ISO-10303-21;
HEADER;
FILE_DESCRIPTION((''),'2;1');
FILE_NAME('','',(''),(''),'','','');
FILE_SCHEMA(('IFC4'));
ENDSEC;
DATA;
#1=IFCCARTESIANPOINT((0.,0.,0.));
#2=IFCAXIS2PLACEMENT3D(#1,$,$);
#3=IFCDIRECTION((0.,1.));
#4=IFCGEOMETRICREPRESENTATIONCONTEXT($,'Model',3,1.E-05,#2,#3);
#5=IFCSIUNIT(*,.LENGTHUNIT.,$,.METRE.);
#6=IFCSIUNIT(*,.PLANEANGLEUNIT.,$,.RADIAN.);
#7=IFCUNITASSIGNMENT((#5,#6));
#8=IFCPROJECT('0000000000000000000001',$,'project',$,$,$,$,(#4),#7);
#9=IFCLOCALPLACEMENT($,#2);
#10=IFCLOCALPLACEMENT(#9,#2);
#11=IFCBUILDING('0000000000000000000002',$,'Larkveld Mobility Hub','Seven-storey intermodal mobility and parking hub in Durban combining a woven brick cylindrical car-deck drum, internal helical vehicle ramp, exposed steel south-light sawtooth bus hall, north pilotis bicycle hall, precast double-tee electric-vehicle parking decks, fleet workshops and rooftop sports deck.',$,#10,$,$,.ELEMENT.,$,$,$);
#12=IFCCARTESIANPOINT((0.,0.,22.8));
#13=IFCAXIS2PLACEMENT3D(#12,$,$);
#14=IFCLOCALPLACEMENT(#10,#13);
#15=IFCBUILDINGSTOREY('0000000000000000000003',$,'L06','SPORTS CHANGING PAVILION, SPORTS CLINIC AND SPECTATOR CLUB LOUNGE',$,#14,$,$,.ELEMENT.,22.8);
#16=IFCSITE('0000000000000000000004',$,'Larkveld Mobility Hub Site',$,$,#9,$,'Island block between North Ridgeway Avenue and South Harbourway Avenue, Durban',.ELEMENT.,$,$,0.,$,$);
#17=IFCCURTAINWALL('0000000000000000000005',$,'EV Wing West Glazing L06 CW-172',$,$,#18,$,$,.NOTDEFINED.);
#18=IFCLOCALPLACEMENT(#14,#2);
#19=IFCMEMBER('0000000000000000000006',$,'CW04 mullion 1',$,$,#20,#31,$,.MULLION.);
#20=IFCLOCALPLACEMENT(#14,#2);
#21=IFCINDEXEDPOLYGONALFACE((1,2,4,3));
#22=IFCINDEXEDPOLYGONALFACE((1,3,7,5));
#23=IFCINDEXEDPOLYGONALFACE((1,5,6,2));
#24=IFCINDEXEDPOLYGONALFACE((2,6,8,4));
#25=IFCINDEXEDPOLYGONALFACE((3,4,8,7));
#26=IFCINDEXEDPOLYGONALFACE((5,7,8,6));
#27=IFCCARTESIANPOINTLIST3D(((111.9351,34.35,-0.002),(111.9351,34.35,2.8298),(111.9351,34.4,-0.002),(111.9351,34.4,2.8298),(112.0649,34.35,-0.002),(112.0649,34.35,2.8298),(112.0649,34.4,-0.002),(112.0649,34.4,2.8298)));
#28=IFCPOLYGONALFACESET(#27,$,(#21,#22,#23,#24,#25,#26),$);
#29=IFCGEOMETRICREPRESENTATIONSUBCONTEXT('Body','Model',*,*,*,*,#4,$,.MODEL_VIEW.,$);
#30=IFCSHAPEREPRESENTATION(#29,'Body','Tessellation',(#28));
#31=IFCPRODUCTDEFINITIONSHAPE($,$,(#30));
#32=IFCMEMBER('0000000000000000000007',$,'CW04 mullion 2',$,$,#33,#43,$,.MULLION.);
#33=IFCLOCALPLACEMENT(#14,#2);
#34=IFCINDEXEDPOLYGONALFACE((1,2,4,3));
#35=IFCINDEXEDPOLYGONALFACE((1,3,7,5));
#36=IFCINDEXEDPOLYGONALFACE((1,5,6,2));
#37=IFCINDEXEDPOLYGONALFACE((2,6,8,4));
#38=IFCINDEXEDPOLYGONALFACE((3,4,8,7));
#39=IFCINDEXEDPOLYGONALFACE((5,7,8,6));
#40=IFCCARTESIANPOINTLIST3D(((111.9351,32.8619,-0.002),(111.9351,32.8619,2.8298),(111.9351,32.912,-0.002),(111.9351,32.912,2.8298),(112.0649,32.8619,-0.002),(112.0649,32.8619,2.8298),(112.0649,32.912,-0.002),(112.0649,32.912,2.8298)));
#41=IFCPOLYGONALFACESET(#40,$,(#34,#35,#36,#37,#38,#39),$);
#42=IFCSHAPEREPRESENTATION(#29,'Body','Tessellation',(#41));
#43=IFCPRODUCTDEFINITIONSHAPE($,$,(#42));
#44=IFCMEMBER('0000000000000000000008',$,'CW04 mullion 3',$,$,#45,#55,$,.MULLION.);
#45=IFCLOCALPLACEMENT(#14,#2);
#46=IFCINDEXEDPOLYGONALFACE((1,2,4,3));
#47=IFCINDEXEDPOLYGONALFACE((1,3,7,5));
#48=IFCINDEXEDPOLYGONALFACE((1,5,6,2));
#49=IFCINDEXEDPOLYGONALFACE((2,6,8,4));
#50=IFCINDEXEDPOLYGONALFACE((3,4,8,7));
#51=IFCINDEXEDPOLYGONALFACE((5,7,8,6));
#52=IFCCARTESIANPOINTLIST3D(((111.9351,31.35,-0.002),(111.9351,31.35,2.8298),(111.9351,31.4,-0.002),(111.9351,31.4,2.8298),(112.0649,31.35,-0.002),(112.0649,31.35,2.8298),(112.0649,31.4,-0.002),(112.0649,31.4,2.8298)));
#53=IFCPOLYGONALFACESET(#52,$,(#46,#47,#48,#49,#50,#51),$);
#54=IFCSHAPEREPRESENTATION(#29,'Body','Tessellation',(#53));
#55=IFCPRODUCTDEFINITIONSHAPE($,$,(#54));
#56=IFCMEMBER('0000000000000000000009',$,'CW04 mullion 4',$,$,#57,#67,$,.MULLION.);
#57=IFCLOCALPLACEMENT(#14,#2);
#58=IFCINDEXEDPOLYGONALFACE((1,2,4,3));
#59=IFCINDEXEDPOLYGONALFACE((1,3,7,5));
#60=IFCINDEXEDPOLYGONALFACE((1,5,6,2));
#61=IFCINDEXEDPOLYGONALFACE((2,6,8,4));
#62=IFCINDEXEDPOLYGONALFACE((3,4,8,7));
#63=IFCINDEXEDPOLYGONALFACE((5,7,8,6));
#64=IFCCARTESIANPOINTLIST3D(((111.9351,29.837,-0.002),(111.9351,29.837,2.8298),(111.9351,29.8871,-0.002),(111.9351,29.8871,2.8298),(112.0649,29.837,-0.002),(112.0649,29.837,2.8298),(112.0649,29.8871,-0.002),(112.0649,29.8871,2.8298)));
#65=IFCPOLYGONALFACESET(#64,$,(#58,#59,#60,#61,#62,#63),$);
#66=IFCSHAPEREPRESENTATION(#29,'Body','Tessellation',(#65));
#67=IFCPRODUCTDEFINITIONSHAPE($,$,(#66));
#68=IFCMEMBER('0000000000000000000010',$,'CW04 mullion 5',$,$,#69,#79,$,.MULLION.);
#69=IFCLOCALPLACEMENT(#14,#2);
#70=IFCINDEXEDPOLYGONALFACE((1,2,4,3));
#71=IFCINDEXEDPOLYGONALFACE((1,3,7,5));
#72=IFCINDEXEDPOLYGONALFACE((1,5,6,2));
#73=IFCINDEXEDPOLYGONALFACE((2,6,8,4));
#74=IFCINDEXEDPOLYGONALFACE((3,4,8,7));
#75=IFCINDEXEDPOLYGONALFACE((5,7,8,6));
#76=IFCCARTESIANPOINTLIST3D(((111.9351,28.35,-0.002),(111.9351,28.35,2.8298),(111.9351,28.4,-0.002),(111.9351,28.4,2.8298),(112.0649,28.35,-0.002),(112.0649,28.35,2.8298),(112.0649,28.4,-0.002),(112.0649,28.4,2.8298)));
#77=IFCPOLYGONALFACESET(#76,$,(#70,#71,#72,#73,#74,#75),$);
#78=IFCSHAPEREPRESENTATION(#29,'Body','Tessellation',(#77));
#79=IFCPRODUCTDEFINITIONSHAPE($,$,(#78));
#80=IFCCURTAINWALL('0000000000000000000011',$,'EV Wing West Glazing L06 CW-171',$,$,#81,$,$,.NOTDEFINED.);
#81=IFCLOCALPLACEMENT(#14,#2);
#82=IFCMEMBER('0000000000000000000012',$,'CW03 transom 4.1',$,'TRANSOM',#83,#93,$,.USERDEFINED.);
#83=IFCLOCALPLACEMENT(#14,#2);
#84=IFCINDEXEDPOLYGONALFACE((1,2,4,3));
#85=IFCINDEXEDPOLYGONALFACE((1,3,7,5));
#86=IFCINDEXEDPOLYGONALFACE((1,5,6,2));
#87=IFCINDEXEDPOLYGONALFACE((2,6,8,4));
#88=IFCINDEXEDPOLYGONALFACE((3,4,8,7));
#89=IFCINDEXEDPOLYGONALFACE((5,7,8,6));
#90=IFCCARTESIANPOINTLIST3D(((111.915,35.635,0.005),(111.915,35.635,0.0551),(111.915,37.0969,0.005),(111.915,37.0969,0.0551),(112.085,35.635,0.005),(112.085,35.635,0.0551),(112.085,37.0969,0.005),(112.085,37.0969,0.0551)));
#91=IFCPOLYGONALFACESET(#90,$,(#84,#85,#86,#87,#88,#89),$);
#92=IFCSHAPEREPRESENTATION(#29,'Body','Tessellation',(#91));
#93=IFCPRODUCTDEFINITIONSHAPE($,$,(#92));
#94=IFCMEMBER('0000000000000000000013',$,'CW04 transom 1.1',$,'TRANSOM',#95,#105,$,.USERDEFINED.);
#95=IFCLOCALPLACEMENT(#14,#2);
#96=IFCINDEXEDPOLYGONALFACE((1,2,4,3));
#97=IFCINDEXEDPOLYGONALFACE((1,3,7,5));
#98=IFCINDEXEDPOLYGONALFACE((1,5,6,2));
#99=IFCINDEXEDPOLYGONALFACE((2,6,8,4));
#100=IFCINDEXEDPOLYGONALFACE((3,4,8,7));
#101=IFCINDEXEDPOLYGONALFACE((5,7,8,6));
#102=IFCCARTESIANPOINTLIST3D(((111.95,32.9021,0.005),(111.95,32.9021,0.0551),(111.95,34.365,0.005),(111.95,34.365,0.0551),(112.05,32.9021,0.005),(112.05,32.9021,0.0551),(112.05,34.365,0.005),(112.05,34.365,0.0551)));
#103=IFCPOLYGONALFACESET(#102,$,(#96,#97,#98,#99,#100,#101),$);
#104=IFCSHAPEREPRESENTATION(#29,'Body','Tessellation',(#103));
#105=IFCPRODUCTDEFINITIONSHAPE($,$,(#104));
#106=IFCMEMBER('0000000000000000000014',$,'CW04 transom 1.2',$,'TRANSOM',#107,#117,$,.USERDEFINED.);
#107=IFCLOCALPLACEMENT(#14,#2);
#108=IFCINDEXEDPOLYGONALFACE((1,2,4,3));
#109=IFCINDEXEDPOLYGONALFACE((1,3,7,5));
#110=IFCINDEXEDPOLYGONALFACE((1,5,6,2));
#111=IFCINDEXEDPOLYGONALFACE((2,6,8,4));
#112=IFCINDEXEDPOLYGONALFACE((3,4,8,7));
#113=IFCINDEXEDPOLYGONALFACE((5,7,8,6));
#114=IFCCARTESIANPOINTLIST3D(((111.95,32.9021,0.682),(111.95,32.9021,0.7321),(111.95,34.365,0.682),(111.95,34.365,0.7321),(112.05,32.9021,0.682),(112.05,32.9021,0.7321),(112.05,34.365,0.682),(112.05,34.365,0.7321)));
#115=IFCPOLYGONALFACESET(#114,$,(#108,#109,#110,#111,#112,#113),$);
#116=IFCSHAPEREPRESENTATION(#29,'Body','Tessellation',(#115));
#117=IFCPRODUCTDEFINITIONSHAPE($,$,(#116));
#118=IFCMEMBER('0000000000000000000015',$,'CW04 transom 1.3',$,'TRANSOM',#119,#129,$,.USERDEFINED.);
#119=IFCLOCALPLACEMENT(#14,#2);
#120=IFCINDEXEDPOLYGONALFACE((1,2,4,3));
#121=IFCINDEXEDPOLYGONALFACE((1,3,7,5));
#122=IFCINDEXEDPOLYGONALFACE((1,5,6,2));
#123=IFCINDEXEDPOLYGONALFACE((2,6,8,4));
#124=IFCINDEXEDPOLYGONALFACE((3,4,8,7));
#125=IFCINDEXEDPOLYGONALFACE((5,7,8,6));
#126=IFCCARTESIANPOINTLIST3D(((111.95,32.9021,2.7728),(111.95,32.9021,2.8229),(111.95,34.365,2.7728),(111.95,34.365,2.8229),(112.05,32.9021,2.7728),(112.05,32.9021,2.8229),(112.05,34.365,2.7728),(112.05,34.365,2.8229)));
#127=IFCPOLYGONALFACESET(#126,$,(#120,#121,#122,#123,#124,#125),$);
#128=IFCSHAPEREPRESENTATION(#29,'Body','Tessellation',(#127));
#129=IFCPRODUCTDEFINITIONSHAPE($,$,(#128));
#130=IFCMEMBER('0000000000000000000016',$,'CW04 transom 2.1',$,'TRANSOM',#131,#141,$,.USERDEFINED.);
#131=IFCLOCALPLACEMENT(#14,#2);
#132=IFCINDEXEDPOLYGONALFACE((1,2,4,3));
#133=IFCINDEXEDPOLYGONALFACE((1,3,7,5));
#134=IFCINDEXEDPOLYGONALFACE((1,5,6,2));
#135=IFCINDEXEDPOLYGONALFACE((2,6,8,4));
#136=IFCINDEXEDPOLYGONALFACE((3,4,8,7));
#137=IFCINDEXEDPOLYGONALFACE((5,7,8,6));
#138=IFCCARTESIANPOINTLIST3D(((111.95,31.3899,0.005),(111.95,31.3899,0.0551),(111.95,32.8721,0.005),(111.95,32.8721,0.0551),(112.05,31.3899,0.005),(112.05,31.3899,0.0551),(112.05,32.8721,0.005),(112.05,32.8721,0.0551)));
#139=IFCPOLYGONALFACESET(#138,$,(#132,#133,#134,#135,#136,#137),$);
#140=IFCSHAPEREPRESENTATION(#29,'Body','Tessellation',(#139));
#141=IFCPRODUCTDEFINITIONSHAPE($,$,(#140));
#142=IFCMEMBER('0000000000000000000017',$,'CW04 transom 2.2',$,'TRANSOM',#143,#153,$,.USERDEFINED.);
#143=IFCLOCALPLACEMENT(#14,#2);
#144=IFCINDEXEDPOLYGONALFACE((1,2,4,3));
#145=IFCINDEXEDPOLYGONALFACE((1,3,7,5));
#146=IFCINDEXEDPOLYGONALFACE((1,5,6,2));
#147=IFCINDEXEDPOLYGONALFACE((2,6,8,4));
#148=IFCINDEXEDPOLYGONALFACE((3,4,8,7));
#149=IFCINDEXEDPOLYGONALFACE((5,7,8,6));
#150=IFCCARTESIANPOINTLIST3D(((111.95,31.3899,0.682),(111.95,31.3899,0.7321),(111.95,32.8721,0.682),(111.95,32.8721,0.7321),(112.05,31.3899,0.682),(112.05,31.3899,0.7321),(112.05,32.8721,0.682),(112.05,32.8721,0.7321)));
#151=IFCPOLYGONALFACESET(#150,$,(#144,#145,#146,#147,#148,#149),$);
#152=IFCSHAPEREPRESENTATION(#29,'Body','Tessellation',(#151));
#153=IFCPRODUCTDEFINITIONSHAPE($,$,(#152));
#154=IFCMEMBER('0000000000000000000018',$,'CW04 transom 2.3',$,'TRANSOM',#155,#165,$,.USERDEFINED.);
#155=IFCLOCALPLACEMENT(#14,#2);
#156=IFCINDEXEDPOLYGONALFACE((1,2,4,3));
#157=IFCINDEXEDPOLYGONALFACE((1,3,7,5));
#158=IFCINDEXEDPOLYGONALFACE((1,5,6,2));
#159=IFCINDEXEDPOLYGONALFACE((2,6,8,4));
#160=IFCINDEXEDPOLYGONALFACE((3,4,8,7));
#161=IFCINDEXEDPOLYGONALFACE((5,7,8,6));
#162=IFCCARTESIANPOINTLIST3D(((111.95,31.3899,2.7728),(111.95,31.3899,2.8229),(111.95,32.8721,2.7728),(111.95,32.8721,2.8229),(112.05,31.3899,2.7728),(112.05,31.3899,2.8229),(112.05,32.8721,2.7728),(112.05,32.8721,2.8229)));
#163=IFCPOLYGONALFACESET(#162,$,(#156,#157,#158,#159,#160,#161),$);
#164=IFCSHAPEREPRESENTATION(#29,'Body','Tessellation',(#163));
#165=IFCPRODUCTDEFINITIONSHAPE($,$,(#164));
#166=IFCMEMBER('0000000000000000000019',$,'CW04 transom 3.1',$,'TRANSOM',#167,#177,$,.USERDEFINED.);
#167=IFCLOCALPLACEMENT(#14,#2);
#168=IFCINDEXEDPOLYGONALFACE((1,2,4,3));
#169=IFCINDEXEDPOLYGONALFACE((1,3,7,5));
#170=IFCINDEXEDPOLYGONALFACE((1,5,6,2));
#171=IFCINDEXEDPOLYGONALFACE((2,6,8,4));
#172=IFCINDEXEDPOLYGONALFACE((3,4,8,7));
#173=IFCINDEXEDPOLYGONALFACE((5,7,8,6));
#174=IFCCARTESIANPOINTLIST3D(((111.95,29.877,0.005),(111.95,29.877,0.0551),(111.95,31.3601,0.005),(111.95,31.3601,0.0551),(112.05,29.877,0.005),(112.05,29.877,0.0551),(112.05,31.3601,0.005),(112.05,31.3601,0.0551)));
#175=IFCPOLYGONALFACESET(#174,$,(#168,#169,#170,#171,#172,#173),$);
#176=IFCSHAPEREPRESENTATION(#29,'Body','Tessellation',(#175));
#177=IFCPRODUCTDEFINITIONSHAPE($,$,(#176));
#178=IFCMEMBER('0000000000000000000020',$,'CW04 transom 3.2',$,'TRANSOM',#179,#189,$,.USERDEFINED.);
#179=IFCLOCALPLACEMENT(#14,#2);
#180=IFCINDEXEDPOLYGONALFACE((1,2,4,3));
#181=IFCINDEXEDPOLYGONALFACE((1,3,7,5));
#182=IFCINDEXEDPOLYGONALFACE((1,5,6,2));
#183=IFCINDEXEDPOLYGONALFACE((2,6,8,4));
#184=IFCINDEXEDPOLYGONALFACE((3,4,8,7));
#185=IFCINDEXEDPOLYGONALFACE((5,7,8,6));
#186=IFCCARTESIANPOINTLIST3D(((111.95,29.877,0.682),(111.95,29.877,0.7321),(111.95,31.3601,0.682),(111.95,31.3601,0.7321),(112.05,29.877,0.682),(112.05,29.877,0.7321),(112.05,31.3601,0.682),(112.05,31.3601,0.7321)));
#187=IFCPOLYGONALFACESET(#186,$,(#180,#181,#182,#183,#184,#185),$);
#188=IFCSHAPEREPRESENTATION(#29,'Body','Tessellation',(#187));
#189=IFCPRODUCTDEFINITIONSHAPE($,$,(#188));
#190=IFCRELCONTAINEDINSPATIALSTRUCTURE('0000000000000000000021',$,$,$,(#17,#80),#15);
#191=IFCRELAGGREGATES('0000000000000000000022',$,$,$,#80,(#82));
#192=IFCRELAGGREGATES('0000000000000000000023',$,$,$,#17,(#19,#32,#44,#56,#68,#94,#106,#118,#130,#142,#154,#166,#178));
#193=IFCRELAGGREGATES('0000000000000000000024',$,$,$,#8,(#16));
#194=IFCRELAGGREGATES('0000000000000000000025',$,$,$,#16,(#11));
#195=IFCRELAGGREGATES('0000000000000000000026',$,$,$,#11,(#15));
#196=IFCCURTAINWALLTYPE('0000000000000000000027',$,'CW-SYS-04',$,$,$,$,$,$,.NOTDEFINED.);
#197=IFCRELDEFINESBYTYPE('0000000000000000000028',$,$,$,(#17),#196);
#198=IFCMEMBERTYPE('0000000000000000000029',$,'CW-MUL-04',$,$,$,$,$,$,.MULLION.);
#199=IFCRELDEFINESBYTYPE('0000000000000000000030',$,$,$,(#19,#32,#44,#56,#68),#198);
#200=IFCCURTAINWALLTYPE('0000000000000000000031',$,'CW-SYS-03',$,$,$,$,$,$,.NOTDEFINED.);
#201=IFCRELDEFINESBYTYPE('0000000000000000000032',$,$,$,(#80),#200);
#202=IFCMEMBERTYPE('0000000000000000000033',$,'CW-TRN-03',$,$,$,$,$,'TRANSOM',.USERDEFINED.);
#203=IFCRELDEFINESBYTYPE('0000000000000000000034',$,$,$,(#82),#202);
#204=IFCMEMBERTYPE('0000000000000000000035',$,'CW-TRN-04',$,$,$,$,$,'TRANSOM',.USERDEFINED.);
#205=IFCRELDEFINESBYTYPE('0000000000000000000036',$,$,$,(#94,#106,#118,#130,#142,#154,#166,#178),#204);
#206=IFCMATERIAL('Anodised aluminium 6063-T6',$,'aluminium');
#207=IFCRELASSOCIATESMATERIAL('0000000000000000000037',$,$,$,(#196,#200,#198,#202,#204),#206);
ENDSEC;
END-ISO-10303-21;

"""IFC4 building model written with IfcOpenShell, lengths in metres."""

from ifc_helpers import new_model, si_unit, direction, frame, origin, origin_2d, place, context, subcontext, project, spatial, rectangle, extrude, material, material_profile, profile_set, type_object, element, aggregate, save


model = new_model("IFC4")

# Units and contexts
model_context = context("Model", 3, precision=1e-05, world=origin(), true_north=direction((0.0, 1.0)))
body_context = subcontext(model_context, "Body", "Model", "MODEL_VIEW")
ifc_project = project(units=[si_unit("LENGTHUNIT", "METRE"), si_unit("PLANEANGLEUNIT", "RADIAN")], contexts=[model_context])

# Site, building, storey
site_placement = place(None, origin())
site = spatial("IfcSite", under=ifc_project, at=site_placement, Name="Larkveld Mobility Hub Site", LongName="Island block between North Ridgeway Avenue and South Harbourway Avenue, Durban", CompositionType="ELEMENT", RefElevation=0.0)
building_placement = place(site_placement, origin())
building = spatial("IfcBuilding", under=site, at=building_placement, Name="Larkveld Mobility Hub", Description="Seven-storey intermodal mobility and parking hub in Durban combining a woven brick cylindrical car-deck drum, internal helical vehicle ramp, exposed steel south-light sawtooth bus hall, north pilotis bicycle hall, precast double-tee electric-vehicle parking decks, fleet workshops and rooftop sports deck.", CompositionType="ELEMENT")
storey_placement = place(building_placement, frame((0.0, 0.0, 22.8)))
storey = spatial("IfcBuildingStorey", under=building, at=storey_placement, Name="L06", Description="SPORTS CHANGING PAVILION, SPORTS CLINIC AND SPECTATOR CLUB LOUNGE", CompositionType="ELEMENT", Elevation=22.8)

# Curtain wall, members
ifc_material_1 = material(Name="Anodised aluminium 6063-T6", Category="aluminium")
curtain_wall_type_1 = type_object("IfcCurtainWallType", Name="CW-SYS-04", PredefinedType="NOTDEFINED", material=ifc_material_1)
curtain_wall_1_placement = place(storey_placement, origin())
curtain_wall_1 = element("IfcCurtainWall", 1, at=curtain_wall_1_placement, inside=storey, type_object=curtain_wall_type_1, Name="EV Wing West Glazing L06 CW-172", PredefinedType="NOTDEFINED")
ifc_material_profile_1 = material_profile(ifc_material_1, rectangle(XDim=0.05, YDim=0.1299, at=origin_2d()), Name="ALU MULL 50x130")
ifc_profile_set_1 = profile_set([ifc_material_profile_1], Name="Anodised aluminium 6063-T6")
member_type_1 = type_object("IfcMemberType", Name="CW-MUL-04", PredefinedType="MULLION", material=ifc_profile_set_1)
member_1_placement = place(storey_placement, frame((112.0, 34.375, -0.002), z_axis=(0.0, 0.0, 1.0), x_axis=(0.0, -1.0, 0.0)))
member_1 = element("IfcMember", 2, at=member_1_placement, type_object=member_type_1, Name="CW04 mullion 1", PredefinedType="MULLION", context=body_context, shape_type="SweptSolid", body=[
    extrude(rectangle(XDim=0.05, YDim=0.1299, at=origin_2d()), origin(), (0.0, 0.0, 1.0), 2.8318),
])
member_2_placement = place(storey_placement, frame((112.0, 32.887, -0.002), z_axis=(0.0, 0.0, 1.0), x_axis=(0.0, -1.0, 0.0)))
member_2 = element("IfcMember", 3, at=member_2_placement, type_object=member_type_1, Name="CW04 mullion 2", PredefinedType="MULLION", context=body_context, shape_type="SweptSolid", body=[
    extrude(rectangle(XDim=0.05, YDim=0.1299, at=origin_2d()), origin(), (0.0, 0.0, 1.0), 2.8318),
])
member_3_placement = place(storey_placement, frame((112.0, 31.375, -0.002), z_axis=(0.0, 0.0, 1.0), x_axis=(0.0, -1.0, 0.0)))
member_3 = element("IfcMember", 4, at=member_3_placement, type_object=member_type_1, Name="CW04 mullion 3", PredefinedType="MULLION", context=body_context, shape_type="SweptSolid", body=[
    extrude(rectangle(XDim=0.05, YDim=0.1299, at=origin_2d()), origin(), (0.0, 0.0, 1.0), 2.8318),
])
member_4_placement = place(storey_placement, frame((112.0, 29.8621, -0.002), z_axis=(0.0, 0.0, 1.0), x_axis=(0.0, -1.0, 0.0)))
member_4 = element("IfcMember", 5, at=member_4_placement, type_object=member_type_1, Name="CW04 mullion 4", PredefinedType="MULLION", context=body_context, shape_type="SweptSolid", body=[
    extrude(rectangle(XDim=0.05, YDim=0.1299, at=origin_2d()), origin(), (0.0, 0.0, 1.0), 2.8318),
])
member_5_placement = place(storey_placement, frame((112.0, 28.375, -0.002), z_axis=(0.0, 0.0, 1.0), x_axis=(0.0, -1.0, 0.0)))
member_5 = element("IfcMember", 6, at=member_5_placement, type_object=member_type_1, Name="CW04 mullion 5", PredefinedType="MULLION", context=body_context, shape_type="SweptSolid", body=[
    extrude(rectangle(XDim=0.05, YDim=0.1299, at=origin_2d()), origin(), (0.0, 0.0, 1.0), 2.8318),
])

# Curtain wall, member
curtain_wall_type_2 = type_object("IfcCurtainWallType", Name="CW-SYS-03", PredefinedType="NOTDEFINED", material=ifc_material_1)
curtain_wall_2_placement = place(storey_placement, origin())
curtain_wall_2 = element("IfcCurtainWall", 7, at=curtain_wall_2_placement, inside=storey, type_object=curtain_wall_type_2, Name="EV Wing West Glazing L06 CW-171", PredefinedType="NOTDEFINED")
ifc_material_profile_2 = material_profile(ifc_material_1, rectangle(XDim=0.1699, YDim=0.05, at=origin_2d()), Name="ALU TRAN 50x170")
ifc_profile_set_2 = profile_set([ifc_material_profile_2], Name="Anodised aluminium 6063-T6")
member_type_2 = type_object("IfcMemberType", Name="CW-TRN-03", ElementType="TRANSOM", PredefinedType="USERDEFINED", material=ifc_profile_set_2)
member_6_placement = place(storey_placement, frame((112.0, 37.0969, 0.03), z_axis=(0.0, -1.0, 0.0), x_axis=(1.0, 0.0, 0.0)))
member_6 = element("IfcMember", 8, at=member_6_placement, type_object=member_type_2, Name="CW03 transom 4.1", ObjectType="TRANSOM", PredefinedType="USERDEFINED", context=body_context, shape_type="SweptSolid", body=[
    extrude(rectangle(XDim=0.1699, YDim=0.05, at=origin_2d()), origin(), (0.0, 0.0, 1.0), 1.4619),
])

# Members
ifc_material_profile_3 = material_profile(ifc_material_1, rectangle(XDim=0.1001, YDim=0.05, at=origin_2d()), Name="ALU TRAN 50x100")
ifc_profile_set_3 = profile_set([ifc_material_profile_3], Name="Anodised aluminium 6063-T6")
member_type_3 = type_object("IfcMemberType", Name="CW-TRN-04", ElementType="TRANSOM", PredefinedType="USERDEFINED", material=ifc_profile_set_3)
member_7_placement = place(storey_placement, frame((112.0, 34.365, 0.03), z_axis=(0.0, -1.0, 0.0), x_axis=(1.0, 0.0, 0.0)))
member_7 = element("IfcMember", 9, at=member_7_placement, type_object=member_type_3, Name="CW04 transom 1.1", ObjectType="TRANSOM", PredefinedType="USERDEFINED", context=body_context, shape_type="SweptSolid", body=[
    extrude(rectangle(XDim=0.1001, YDim=0.05, at=origin_2d()), origin(), (0.0, 0.0, 1.0), 1.4629),
])
member_8_placement = place(storey_placement, frame((112.0, 34.365, 0.707), z_axis=(0.0, -1.0, 0.0), x_axis=(1.0, 0.0, 0.0)))
member_8 = element("IfcMember", 10, at=member_8_placement, type_object=member_type_3, Name="CW04 transom 1.2", ObjectType="TRANSOM", PredefinedType="USERDEFINED", context=body_context, shape_type="SweptSolid", body=[
    extrude(rectangle(XDim=0.1001, YDim=0.05, at=origin_2d()), origin(), (0.0, 0.0, 1.0), 1.4629),
])
member_9_placement = place(storey_placement, frame((112.0, 34.365, 2.7979), z_axis=(0.0, -1.0, 0.0), x_axis=(1.0, 0.0, 0.0)))
member_9 = element("IfcMember", 11, at=member_9_placement, type_object=member_type_3, Name="CW04 transom 1.3", ObjectType="TRANSOM", PredefinedType="USERDEFINED", context=body_context, shape_type="SweptSolid", body=[
    extrude(rectangle(XDim=0.1001, YDim=0.05, at=origin_2d()), origin(), (0.0, 0.0, 1.0), 1.4629),
])
member_10_placement = place(storey_placement, frame((112.0, 32.8721, 0.03), z_axis=(0.0, -1.0, 0.0), x_axis=(1.0, 0.0, 0.0)))
member_10 = element("IfcMember", 12, at=member_10_placement, type_object=member_type_3, Name="CW04 transom 2.1", ObjectType="TRANSOM", PredefinedType="USERDEFINED", context=body_context, shape_type="SweptSolid", body=[
    extrude(rectangle(XDim=0.1001, YDim=0.05, at=origin_2d()), origin(), (0.0, 0.0, 1.0), 1.4822),
])
member_11_placement = place(storey_placement, frame((112.0, 32.8721, 0.707), z_axis=(0.0, -1.0, 0.0), x_axis=(1.0, 0.0, 0.0)))
member_11 = element("IfcMember", 13, at=member_11_placement, type_object=member_type_3, Name="CW04 transom 2.2", ObjectType="TRANSOM", PredefinedType="USERDEFINED", context=body_context, shape_type="SweptSolid", body=[
    extrude(rectangle(XDim=0.1001, YDim=0.05, at=origin_2d()), origin(), (0.0, 0.0, 1.0), 1.4822),
])
member_12_placement = place(storey_placement, frame((112.0, 32.8721, 2.7979), z_axis=(0.0, -1.0, 0.0), x_axis=(1.0, 0.0, 0.0)))
member_12 = element("IfcMember", 14, at=member_12_placement, type_object=member_type_3, Name="CW04 transom 2.3", ObjectType="TRANSOM", PredefinedType="USERDEFINED", context=body_context, shape_type="SweptSolid", body=[
    extrude(rectangle(XDim=0.1001, YDim=0.05, at=origin_2d()), origin(), (0.0, 0.0, 1.0), 1.4822),
])
member_13_placement = place(storey_placement, frame((112.0, 31.3601, 0.03), z_axis=(0.0, -1.0, 0.0), x_axis=(1.0, 0.0, 0.0)))
member_13 = element("IfcMember", 15, at=member_13_placement, type_object=member_type_3, Name="CW04 transom 3.1", ObjectType="TRANSOM", PredefinedType="USERDEFINED", context=body_context, shape_type="SweptSolid", body=[
    extrude(rectangle(XDim=0.1001, YDim=0.05, at=origin_2d()), origin(), (0.0, 0.0, 1.0), 1.4832),
])
member_14_placement = place(storey_placement, frame((112.0, 31.3601, 0.707), z_axis=(0.0, -1.0, 0.0), x_axis=(1.0, 0.0, 0.0)))
member_14 = element("IfcMember", 16, at=member_14_placement, type_object=member_type_3, Name="CW04 transom 3.2", ObjectType="TRANSOM", PredefinedType="USERDEFINED", context=body_context, shape_type="SweptSolid", body=[
    extrude(rectangle(XDim=0.1001, YDim=0.05, at=origin_2d()), origin(), (0.0, 0.0, 1.0), 1.4832),
])

aggregate(curtain_wall_2, [member_6])
aggregate(curtain_wall_1, [member_1, member_2, member_3, member_4, member_5, member_7, member_8, member_9, member_10, member_11, member_12, member_13, member_14])

save(model, "model.ifc")
